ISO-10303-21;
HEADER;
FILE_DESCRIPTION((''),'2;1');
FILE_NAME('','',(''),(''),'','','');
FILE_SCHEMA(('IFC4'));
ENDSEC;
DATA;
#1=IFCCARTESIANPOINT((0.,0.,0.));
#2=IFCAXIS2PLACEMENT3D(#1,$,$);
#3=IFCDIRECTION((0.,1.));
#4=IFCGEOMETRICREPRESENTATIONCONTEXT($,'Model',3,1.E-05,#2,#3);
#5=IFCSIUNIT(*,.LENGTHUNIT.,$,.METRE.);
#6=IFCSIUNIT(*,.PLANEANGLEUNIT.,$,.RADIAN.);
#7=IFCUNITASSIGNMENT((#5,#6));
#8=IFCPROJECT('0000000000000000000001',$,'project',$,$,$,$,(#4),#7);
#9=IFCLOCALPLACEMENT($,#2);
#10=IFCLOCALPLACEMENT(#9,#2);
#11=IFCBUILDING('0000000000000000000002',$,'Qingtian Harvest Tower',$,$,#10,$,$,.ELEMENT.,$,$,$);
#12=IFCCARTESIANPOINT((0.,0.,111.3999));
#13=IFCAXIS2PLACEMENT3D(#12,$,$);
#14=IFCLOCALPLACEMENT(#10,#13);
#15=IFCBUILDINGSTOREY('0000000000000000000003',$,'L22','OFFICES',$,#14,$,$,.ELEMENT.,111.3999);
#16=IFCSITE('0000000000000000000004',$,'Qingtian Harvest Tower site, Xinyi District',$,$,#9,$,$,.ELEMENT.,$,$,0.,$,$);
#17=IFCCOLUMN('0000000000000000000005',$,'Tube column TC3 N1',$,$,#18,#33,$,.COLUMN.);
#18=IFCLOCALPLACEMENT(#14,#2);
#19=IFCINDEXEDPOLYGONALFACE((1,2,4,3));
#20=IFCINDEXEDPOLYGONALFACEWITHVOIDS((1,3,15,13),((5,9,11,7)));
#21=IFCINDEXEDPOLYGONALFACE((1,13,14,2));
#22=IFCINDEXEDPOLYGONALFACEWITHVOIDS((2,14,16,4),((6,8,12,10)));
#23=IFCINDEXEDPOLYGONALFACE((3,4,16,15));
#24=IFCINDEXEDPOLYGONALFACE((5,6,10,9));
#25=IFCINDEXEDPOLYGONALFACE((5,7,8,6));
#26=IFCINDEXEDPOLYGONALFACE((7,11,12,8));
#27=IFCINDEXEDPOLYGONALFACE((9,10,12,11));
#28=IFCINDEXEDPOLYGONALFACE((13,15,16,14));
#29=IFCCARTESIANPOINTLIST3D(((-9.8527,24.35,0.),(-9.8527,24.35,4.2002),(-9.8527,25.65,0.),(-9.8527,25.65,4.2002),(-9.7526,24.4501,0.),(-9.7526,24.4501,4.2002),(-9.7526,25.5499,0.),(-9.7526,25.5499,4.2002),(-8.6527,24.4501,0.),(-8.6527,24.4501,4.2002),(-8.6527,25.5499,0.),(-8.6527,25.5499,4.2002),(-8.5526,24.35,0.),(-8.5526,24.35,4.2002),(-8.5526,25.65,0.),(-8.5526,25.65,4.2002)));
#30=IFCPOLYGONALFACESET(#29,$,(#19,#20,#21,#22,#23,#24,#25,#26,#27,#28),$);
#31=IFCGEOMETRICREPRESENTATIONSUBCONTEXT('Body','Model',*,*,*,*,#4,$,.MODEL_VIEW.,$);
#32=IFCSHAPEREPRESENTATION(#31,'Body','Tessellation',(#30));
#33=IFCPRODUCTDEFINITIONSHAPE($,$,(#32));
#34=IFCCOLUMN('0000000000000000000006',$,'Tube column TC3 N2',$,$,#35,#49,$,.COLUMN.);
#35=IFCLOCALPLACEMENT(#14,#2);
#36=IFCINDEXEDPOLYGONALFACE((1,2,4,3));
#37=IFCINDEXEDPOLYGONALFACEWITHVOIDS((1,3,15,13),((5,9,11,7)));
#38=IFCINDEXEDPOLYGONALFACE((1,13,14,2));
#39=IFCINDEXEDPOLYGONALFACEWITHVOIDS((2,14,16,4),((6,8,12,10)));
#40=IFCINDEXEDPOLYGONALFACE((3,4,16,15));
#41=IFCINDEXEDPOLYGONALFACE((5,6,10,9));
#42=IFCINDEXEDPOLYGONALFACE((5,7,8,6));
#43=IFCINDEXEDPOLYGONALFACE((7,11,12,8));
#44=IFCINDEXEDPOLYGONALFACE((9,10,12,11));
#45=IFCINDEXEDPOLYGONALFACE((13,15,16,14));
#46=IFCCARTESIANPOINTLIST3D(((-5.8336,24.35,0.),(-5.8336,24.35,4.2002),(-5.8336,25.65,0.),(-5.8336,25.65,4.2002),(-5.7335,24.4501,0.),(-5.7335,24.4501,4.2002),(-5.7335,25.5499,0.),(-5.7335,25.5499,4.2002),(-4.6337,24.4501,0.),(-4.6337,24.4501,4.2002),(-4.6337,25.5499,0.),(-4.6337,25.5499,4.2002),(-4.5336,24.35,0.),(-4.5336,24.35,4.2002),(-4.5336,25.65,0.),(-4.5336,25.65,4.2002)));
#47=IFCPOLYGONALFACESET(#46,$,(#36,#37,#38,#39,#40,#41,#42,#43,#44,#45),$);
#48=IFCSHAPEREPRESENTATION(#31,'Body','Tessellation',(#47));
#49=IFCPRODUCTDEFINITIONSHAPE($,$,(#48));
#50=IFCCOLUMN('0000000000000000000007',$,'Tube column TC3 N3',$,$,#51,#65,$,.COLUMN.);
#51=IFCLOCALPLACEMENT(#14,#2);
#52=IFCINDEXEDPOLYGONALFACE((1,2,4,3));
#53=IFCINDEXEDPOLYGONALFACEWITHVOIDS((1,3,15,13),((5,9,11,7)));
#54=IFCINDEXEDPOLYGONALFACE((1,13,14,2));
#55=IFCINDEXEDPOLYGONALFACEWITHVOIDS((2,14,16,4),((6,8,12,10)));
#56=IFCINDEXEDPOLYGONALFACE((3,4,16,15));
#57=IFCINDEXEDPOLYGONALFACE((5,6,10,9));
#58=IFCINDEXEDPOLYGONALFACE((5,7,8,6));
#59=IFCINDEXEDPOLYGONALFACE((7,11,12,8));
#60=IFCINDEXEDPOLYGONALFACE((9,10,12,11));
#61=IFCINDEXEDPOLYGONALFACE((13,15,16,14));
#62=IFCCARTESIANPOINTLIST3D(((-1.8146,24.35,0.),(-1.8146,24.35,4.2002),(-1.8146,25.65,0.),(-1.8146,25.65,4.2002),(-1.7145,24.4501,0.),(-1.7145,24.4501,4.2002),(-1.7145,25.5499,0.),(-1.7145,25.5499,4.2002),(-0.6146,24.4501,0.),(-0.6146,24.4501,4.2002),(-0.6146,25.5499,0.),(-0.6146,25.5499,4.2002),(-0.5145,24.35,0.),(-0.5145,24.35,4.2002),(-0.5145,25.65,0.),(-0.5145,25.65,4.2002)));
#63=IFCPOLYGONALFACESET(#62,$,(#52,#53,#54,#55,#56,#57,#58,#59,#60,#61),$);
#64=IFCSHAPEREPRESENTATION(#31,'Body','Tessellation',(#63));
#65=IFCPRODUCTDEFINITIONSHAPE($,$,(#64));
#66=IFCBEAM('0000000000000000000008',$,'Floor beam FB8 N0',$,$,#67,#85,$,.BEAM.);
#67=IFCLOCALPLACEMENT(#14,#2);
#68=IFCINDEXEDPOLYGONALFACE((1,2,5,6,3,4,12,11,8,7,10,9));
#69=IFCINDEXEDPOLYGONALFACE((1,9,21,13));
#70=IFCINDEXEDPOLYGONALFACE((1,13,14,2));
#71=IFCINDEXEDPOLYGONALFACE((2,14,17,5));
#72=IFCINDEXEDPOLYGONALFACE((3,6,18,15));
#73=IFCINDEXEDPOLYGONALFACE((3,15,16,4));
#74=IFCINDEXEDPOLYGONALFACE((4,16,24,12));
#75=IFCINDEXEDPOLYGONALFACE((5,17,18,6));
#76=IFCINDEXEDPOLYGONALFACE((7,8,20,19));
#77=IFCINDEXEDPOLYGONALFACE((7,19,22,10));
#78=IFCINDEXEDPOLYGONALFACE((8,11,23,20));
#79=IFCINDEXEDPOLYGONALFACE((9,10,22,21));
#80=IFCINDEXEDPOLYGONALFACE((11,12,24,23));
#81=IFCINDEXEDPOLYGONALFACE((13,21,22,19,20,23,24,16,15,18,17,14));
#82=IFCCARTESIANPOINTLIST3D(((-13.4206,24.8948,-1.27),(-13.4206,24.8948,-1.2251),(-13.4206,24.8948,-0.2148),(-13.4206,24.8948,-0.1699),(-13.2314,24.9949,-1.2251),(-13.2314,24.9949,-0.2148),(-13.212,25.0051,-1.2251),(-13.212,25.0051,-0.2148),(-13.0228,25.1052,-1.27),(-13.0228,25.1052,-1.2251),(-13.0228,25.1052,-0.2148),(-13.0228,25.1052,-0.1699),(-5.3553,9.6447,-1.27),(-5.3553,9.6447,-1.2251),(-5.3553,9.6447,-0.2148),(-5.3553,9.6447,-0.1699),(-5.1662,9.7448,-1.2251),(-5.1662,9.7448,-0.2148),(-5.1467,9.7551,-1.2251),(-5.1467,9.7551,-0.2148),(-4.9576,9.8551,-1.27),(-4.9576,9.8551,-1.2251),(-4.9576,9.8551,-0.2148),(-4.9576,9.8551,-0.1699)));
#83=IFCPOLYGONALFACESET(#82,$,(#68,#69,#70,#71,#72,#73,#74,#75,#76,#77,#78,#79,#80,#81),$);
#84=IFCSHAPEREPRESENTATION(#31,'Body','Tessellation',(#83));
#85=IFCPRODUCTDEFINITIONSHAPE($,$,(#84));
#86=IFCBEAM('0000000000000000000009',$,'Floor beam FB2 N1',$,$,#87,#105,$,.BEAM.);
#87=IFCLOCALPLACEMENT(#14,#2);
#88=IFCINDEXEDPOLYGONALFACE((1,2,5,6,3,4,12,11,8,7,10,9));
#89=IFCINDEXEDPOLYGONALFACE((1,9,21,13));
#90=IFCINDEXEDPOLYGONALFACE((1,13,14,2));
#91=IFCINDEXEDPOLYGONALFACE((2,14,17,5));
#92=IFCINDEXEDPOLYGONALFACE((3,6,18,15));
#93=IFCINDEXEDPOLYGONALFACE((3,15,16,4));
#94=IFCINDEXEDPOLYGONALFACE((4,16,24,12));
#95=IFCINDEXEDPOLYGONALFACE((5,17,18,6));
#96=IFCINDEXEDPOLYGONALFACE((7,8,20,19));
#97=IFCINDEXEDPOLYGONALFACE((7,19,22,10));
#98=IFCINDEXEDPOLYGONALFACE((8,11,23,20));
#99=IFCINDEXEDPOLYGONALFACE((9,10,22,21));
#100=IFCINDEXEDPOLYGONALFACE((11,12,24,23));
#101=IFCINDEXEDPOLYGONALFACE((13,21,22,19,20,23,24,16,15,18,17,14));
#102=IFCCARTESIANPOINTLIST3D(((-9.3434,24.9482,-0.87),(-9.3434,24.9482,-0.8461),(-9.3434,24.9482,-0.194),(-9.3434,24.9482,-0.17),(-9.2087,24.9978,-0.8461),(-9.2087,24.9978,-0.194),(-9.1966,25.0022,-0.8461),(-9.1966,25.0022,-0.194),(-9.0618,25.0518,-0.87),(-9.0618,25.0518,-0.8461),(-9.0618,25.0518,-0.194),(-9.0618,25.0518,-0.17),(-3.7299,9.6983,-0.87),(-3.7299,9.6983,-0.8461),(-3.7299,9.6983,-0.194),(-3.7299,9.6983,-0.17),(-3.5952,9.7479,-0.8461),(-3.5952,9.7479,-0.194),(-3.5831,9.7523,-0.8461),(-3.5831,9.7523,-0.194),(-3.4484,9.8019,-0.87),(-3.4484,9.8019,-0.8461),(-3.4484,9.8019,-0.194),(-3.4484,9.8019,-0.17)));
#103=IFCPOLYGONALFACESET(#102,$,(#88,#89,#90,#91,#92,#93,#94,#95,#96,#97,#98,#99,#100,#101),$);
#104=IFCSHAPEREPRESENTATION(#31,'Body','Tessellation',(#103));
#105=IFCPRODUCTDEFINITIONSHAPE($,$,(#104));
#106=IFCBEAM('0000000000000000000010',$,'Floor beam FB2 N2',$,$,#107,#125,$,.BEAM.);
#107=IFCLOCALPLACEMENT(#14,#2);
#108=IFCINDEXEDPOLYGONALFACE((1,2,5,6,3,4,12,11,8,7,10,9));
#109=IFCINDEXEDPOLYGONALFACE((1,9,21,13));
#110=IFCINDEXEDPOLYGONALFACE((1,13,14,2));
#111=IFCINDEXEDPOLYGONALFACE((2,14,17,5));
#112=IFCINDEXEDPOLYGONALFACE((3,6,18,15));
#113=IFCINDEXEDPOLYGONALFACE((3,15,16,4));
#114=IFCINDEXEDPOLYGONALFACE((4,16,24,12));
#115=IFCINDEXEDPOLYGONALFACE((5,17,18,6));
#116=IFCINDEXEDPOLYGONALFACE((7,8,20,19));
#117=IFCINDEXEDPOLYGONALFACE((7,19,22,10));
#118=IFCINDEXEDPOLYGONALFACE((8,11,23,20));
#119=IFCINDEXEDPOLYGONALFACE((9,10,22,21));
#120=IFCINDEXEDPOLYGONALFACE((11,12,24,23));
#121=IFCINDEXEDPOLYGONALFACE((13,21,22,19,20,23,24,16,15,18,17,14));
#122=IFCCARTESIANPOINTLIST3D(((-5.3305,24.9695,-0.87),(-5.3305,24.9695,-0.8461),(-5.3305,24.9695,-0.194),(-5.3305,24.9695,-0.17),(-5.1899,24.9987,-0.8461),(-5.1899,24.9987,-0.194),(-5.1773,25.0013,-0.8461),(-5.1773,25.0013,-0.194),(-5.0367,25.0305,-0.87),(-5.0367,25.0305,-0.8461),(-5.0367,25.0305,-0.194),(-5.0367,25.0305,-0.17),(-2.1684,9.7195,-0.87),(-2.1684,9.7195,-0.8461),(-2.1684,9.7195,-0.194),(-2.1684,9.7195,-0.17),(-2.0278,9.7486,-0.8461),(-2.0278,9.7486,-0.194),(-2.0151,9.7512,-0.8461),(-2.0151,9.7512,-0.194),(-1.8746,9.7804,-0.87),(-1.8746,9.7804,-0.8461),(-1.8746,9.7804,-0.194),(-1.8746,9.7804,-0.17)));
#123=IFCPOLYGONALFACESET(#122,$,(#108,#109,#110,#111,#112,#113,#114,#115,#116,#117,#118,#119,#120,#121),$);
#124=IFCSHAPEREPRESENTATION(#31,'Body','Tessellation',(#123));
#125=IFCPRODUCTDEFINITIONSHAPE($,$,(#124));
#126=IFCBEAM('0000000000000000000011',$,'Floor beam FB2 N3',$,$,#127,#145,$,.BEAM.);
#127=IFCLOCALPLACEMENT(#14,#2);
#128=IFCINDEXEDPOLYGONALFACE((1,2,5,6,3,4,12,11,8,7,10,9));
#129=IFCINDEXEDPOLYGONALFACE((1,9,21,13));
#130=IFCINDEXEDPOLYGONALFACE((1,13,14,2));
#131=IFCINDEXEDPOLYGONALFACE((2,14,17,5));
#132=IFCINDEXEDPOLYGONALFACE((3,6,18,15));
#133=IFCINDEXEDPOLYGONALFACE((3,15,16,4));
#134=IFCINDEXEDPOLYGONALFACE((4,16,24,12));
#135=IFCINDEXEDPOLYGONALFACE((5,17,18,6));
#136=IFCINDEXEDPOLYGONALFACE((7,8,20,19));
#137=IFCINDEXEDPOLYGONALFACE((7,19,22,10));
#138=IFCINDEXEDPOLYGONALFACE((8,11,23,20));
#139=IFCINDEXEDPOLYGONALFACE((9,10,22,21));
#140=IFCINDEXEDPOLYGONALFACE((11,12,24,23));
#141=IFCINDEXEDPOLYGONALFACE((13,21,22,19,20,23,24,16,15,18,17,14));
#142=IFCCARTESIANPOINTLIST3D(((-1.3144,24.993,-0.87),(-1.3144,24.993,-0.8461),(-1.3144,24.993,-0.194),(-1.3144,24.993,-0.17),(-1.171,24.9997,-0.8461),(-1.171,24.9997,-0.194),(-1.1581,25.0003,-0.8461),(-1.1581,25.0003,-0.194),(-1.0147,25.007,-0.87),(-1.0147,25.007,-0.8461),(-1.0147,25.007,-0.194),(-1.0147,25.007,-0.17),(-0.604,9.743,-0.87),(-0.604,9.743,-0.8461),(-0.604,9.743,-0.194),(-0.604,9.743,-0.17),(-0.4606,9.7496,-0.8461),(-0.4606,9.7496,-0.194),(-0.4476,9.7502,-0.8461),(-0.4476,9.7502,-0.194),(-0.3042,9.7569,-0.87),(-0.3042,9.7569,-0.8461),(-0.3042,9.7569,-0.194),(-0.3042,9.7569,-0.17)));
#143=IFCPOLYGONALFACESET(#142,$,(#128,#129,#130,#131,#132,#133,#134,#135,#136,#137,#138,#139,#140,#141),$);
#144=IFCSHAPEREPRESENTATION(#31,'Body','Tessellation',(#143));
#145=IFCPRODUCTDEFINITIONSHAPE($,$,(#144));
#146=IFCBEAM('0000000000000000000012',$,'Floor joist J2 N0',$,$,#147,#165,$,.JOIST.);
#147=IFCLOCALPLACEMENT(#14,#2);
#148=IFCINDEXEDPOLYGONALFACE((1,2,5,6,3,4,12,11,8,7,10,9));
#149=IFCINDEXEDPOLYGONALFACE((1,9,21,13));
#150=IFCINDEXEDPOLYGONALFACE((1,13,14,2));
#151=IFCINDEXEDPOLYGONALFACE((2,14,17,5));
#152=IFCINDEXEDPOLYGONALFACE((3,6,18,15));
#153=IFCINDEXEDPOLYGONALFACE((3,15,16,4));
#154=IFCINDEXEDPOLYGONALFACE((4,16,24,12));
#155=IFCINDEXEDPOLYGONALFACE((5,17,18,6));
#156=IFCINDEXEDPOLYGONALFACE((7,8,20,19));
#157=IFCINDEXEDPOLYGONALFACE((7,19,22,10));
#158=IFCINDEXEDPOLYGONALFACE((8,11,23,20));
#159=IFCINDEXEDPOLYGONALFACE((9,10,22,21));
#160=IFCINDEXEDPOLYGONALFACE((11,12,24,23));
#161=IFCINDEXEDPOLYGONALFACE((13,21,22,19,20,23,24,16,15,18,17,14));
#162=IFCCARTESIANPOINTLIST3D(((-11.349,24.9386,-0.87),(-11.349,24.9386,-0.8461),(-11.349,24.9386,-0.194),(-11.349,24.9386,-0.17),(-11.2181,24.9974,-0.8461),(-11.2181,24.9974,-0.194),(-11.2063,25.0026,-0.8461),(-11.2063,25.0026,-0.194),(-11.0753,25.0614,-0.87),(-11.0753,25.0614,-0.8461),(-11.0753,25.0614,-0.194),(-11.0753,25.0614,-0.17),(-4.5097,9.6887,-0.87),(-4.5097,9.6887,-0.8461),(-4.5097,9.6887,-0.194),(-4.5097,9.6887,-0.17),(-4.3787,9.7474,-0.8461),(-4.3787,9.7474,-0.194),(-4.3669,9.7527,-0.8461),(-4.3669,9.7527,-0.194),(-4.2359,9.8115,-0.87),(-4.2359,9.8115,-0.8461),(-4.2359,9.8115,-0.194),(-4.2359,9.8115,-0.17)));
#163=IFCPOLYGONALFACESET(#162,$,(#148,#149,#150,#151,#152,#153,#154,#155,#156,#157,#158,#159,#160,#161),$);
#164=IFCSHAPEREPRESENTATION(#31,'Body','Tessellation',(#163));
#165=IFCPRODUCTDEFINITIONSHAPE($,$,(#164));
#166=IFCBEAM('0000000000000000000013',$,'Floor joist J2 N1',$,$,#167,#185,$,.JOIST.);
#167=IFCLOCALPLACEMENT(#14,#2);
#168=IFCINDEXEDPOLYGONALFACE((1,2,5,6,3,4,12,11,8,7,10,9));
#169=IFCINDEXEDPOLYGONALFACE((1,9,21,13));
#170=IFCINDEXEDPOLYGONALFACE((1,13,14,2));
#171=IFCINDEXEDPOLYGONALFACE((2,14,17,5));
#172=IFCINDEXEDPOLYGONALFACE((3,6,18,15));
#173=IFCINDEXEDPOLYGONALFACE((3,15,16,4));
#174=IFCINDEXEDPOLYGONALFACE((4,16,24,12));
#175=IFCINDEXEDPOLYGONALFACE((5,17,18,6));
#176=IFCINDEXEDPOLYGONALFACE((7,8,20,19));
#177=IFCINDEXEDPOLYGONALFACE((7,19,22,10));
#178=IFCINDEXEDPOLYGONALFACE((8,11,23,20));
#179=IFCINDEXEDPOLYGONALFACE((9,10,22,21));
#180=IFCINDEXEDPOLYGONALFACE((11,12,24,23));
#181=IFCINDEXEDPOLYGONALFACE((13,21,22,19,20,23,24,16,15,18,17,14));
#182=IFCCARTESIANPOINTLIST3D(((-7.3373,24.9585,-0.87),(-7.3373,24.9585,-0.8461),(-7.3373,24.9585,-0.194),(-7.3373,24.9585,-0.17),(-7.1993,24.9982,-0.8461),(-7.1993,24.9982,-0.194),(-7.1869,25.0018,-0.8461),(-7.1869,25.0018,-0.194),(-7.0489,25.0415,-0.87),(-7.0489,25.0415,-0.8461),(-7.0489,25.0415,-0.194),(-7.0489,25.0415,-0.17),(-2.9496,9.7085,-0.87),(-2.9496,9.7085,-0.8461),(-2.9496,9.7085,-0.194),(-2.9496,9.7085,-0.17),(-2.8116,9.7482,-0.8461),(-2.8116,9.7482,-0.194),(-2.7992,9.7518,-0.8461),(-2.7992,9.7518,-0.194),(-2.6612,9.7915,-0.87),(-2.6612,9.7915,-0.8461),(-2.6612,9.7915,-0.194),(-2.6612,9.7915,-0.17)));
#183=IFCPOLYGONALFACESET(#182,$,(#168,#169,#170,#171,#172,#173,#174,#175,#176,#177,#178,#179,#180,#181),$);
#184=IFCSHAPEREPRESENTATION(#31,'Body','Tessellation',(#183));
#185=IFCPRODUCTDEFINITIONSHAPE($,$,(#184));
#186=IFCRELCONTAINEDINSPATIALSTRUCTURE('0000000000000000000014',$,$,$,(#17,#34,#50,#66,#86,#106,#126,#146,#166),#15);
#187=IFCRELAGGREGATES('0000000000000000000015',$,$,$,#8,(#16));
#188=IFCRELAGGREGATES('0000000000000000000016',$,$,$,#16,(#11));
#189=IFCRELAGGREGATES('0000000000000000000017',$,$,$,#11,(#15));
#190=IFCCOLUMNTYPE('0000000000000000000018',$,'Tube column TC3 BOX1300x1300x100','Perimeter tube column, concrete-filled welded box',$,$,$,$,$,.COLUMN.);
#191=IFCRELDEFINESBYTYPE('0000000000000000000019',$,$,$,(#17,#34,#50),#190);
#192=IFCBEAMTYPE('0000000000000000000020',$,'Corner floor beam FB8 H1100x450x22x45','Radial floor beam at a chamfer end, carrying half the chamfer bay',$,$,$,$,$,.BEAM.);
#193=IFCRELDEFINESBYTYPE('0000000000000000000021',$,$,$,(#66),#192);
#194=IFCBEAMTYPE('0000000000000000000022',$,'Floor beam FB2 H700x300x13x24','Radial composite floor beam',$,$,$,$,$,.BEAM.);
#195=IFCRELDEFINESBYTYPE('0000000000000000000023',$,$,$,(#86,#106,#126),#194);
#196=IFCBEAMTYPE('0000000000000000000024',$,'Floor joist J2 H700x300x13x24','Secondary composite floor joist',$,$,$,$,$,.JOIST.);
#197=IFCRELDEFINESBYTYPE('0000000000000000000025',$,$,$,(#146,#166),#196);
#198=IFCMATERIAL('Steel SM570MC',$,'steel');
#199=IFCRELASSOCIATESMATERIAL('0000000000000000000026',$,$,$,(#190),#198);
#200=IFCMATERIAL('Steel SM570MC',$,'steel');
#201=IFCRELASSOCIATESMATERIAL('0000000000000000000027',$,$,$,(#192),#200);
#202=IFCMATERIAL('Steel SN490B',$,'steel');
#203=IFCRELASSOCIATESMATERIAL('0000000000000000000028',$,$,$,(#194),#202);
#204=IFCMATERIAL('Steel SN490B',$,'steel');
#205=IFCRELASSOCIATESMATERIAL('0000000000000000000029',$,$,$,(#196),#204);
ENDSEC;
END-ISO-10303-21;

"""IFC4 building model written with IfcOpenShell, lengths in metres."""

from ifc_helpers import new_model, si_unit, direction, frame, origin, origin_2d, place, context, subcontext, project, spatial, hollow_rectangle, i_section, extrude, material, material_profile, profile_set, type_object, element, save


model = new_model("IFC4")

# Units and contexts
model_context = context("Model", 3, precision=1e-05, world=origin(), true_north=direction((0.0, 1.0)))
body_context = subcontext(model_context, "Body", "Model", "MODEL_VIEW")
ifc_project = project(units=[si_unit("LENGTHUNIT", "METRE"), si_unit("PLANEANGLEUNIT", "RADIAN")], contexts=[model_context])

# Site, building, storey
site_placement = place(None, origin())
site = spatial("IfcSite", under=ifc_project, at=site_placement, Name="Qingtian Harvest Tower site, Xinyi District", CompositionType="ELEMENT", RefElevation=0.0)
building_placement = place(site_placement, origin())
building = spatial("IfcBuilding", under=site, at=building_placement, Name="Qingtian Harvest Tower", CompositionType="ELEMENT")
storey_placement = place(building_placement, frame((0.0, 0.0, 111.3999)))
storey = spatial("IfcBuildingStorey", under=building, at=storey_placement, Name="L22", Description="OFFICES", CompositionType="ELEMENT", Elevation=111.3999)

# Columns
ifc_material_1 = material(Name="Steel SM570MC", Category="steel")
ifc_material_profile_1 = material_profile(ifc_material_1, hollow_rectangle(XDim=1.3, YDim=1.3, WallThickness=0.1001, at=origin_2d()), Name="BOX1300x1300x100")
ifc_profile_set_1 = profile_set([ifc_material_profile_1], Name="Steel SM570MC")
column_type = type_object("IfcColumnType", Name="Tube column TC3 BOX1300x1300x100", Description="Perimeter tube column, concrete-filled welded box", PredefinedType="COLUMN", material=ifc_profile_set_1)
for number, where, z_axis, x_axis, name in (
    (1, (-9.2026, 25.0, 0.0), (0.0, 0.0, 1.0), (-1.0, 0.0, 0.0), "Tube column TC3 N1"),
    (2, (-5.1836, 25.0, 0.0), (0.0, 0.0, 1.0), (-1.0, 0.0, 0.0), "Tube column TC3 N2"),
    (3, (-1.1646, 25.0, 0.0), (0.0, 0.0, 1.0), (-1.0, 0.0, 0.0), "Tube column TC3 N3"),
):
    element("IfcColumn", number, at=place(storey_placement, frame(where, z_axis=z_axis, x_axis=x_axis)), inside=storey, type_object=column_type, Name=name, PredefinedType="COLUMN", context=body_context, shape_type="SweptSolid", body=[
        extrude(hollow_rectangle(XDim=1.3, YDim=1.3, WallThickness=0.1001, at=origin_2d()), origin(), (0.0, 0.0, 1.0), 4.2002),
    ])

# Beams
ifc_material_2 = material(Name="Steel SM570MC", Category="steel")
ifc_material_profile_2 = material_profile(ifc_material_2, i_section(OverallWidth=0.45, OverallDepth=1.1001, WebThickness=0.022, FlangeThickness=0.0449, at=origin_2d()), Name="H1100x450x22x45")
ifc_profile_set_2 = profile_set([ifc_material_profile_2], Name="Steel SM570MC")
beam_type_1 = type_object("IfcBeamType", Name="Corner floor beam FB8 H1100x450x22x45", Description="Radial floor beam at a chamfer end, carrying half the chamfer bay", PredefinedType="BEAM", material=ifc_profile_set_2)
beam_1_placement = place(storey_placement, frame((-13.2217, 25.0, -0.72), z_axis=(0.46751, -0.883988, 0.0), x_axis=(0.883988, 0.46751, 0.0)))
element("IfcBeam", 4, at=beam_1_placement, inside=storey, type_object=beam_type_1, Name="Floor beam FB8 N0", PredefinedType="BEAM", context=body_context, shape_type="SweptSolid", body=[
    extrude(i_section(OverallWidth=0.45, OverallDepth=1.1001, WebThickness=0.022, FlangeThickness=0.0449, at=origin_2d()), origin(), (0.0, 0.0, 1.0), 17.2515),
])
ifc_material_3 = material(Name="Steel SN490B", Category="steel")
ifc_material_profile_3 = material_profile(ifc_material_3, i_section(OverallWidth=0.3, OverallDepth=0.7, WebThickness=0.0129, FlangeThickness=0.0239, at=origin_2d()), Name="H700x300x13x24")
ifc_profile_set_3 = profile_set([ifc_material_profile_3], Name="Steel SN490B")
beam_type_2 = type_object("IfcBeamType", Name="Floor beam FB2 H700x300x13x24", Description="Radial composite floor beam", PredefinedType="BEAM", material=ifc_profile_set_3)
beam_2_placement = place(storey_placement, frame((-9.2026, 25.0, -0.52), z_axis=(0.34544, -0.938441, 0.0), x_axis=(0.938441, 0.34544, 0.0)))
element("IfcBeam", 5, at=beam_2_placement, inside=storey, type_object=beam_type_2, Name="Floor beam FB2 N1", PredefinedType="BEAM", context=body_context, shape_type="SweptSolid", body=[
    extrude(i_section(OverallWidth=0.3, OverallDepth=0.7, WebThickness=0.0129, FlangeThickness=0.0239, at=origin_2d()), origin(), (0.0, 0.0, 1.0), 16.2502),
])
beam_3_placement = place(storey_placement, frame((-5.1836, 25.0, -0.52), z_axis=(0.203033, -0.979172, 0.0), x_axis=(0.979172, 0.203033, 0.0)))
element("IfcBeam", 6, at=beam_3_placement, inside=storey, type_object=beam_type_2, Name="Floor beam FB2 N2", PredefinedType="BEAM", context=body_context, shape_type="SweptSolid", body=[
    extrude(i_section(OverallWidth=0.3, OverallDepth=0.7, WebThickness=0.0129, FlangeThickness=0.0239, at=origin_2d()), origin(), (0.0, 0.0, 1.0), 15.5745),
])
beam_4_placement = place(storey_placement, frame((-1.1646, 25.0, -0.52), z_axis=(0.046536, -0.998917, 0.0), x_axis=(0.998917, 0.046536, 0.0)))
element("IfcBeam", 7, at=beam_4_placement, inside=storey, type_object=beam_type_2, Name="Floor beam FB2 N3", PredefinedType="BEAM", context=body_context, shape_type="SweptSolid", body=[
    extrude(i_section(OverallWidth=0.3, OverallDepth=0.7, WebThickness=0.0129, FlangeThickness=0.0239, at=origin_2d()), origin(), (0.0, 0.0, 1.0), 15.2666),
])
ifc_material_4 = material(Name="Steel SN490B", Category="steel")
ifc_material_profile_4 = material_profile(ifc_material_4, i_section(OverallWidth=0.3, OverallDepth=0.7, WebThickness=0.0129, FlangeThickness=0.0239, at=origin_2d()), Name="H700x300x13x24")
ifc_profile_set_4 = profile_set([ifc_material_profile_4], Name="Steel SN490B")
beam_type_3 = type_object("IfcBeamType", Name="Floor joist J2 H700x300x13x24", Description="Secondary composite floor joist", PredefinedType="JOIST", material=ifc_profile_set_4)
beam_5_placement = place(storey_placement, frame((-11.2122, 25.0, -0.52), z_axis=(0.409213, -0.912439, 0.0), x_axis=(0.912439, 0.409213, 0.0)))
element("IfcBeam", 8, at=beam_5_placement, inside=storey, type_object=beam_type_3, Name="Floor joist J2 N0", PredefinedType="JOIST", context=body_context, shape_type="SweptSolid", body=[
    extrude(i_section(OverallWidth=0.3, OverallDepth=0.7, WebThickness=0.0129, FlangeThickness=0.0239, at=origin_2d()), origin(), (0.0, 0.0, 1.0), 16.7134),
])
beam_6_placement = place(storey_placement, frame((-7.1931, 25.0, -0.52), z_axis=(0.276501, -0.961014, 0.0), x_axis=(0.961014, 0.276501, 0.0)))
element("IfcBeam", 9, at=beam_6_placement, inside=storey, type_object=beam_type_3, Name="Floor joist J2 N1", PredefinedType="JOIST", context=body_context, shape_type="SweptSolid", body=[
    extrude(i_section(OverallWidth=0.3, OverallDepth=0.7, WebThickness=0.0129, FlangeThickness=0.0239, at=origin_2d()), origin(), (0.0, 0.0, 1.0), 15.8687),
])

save(model, "model.ifc")
